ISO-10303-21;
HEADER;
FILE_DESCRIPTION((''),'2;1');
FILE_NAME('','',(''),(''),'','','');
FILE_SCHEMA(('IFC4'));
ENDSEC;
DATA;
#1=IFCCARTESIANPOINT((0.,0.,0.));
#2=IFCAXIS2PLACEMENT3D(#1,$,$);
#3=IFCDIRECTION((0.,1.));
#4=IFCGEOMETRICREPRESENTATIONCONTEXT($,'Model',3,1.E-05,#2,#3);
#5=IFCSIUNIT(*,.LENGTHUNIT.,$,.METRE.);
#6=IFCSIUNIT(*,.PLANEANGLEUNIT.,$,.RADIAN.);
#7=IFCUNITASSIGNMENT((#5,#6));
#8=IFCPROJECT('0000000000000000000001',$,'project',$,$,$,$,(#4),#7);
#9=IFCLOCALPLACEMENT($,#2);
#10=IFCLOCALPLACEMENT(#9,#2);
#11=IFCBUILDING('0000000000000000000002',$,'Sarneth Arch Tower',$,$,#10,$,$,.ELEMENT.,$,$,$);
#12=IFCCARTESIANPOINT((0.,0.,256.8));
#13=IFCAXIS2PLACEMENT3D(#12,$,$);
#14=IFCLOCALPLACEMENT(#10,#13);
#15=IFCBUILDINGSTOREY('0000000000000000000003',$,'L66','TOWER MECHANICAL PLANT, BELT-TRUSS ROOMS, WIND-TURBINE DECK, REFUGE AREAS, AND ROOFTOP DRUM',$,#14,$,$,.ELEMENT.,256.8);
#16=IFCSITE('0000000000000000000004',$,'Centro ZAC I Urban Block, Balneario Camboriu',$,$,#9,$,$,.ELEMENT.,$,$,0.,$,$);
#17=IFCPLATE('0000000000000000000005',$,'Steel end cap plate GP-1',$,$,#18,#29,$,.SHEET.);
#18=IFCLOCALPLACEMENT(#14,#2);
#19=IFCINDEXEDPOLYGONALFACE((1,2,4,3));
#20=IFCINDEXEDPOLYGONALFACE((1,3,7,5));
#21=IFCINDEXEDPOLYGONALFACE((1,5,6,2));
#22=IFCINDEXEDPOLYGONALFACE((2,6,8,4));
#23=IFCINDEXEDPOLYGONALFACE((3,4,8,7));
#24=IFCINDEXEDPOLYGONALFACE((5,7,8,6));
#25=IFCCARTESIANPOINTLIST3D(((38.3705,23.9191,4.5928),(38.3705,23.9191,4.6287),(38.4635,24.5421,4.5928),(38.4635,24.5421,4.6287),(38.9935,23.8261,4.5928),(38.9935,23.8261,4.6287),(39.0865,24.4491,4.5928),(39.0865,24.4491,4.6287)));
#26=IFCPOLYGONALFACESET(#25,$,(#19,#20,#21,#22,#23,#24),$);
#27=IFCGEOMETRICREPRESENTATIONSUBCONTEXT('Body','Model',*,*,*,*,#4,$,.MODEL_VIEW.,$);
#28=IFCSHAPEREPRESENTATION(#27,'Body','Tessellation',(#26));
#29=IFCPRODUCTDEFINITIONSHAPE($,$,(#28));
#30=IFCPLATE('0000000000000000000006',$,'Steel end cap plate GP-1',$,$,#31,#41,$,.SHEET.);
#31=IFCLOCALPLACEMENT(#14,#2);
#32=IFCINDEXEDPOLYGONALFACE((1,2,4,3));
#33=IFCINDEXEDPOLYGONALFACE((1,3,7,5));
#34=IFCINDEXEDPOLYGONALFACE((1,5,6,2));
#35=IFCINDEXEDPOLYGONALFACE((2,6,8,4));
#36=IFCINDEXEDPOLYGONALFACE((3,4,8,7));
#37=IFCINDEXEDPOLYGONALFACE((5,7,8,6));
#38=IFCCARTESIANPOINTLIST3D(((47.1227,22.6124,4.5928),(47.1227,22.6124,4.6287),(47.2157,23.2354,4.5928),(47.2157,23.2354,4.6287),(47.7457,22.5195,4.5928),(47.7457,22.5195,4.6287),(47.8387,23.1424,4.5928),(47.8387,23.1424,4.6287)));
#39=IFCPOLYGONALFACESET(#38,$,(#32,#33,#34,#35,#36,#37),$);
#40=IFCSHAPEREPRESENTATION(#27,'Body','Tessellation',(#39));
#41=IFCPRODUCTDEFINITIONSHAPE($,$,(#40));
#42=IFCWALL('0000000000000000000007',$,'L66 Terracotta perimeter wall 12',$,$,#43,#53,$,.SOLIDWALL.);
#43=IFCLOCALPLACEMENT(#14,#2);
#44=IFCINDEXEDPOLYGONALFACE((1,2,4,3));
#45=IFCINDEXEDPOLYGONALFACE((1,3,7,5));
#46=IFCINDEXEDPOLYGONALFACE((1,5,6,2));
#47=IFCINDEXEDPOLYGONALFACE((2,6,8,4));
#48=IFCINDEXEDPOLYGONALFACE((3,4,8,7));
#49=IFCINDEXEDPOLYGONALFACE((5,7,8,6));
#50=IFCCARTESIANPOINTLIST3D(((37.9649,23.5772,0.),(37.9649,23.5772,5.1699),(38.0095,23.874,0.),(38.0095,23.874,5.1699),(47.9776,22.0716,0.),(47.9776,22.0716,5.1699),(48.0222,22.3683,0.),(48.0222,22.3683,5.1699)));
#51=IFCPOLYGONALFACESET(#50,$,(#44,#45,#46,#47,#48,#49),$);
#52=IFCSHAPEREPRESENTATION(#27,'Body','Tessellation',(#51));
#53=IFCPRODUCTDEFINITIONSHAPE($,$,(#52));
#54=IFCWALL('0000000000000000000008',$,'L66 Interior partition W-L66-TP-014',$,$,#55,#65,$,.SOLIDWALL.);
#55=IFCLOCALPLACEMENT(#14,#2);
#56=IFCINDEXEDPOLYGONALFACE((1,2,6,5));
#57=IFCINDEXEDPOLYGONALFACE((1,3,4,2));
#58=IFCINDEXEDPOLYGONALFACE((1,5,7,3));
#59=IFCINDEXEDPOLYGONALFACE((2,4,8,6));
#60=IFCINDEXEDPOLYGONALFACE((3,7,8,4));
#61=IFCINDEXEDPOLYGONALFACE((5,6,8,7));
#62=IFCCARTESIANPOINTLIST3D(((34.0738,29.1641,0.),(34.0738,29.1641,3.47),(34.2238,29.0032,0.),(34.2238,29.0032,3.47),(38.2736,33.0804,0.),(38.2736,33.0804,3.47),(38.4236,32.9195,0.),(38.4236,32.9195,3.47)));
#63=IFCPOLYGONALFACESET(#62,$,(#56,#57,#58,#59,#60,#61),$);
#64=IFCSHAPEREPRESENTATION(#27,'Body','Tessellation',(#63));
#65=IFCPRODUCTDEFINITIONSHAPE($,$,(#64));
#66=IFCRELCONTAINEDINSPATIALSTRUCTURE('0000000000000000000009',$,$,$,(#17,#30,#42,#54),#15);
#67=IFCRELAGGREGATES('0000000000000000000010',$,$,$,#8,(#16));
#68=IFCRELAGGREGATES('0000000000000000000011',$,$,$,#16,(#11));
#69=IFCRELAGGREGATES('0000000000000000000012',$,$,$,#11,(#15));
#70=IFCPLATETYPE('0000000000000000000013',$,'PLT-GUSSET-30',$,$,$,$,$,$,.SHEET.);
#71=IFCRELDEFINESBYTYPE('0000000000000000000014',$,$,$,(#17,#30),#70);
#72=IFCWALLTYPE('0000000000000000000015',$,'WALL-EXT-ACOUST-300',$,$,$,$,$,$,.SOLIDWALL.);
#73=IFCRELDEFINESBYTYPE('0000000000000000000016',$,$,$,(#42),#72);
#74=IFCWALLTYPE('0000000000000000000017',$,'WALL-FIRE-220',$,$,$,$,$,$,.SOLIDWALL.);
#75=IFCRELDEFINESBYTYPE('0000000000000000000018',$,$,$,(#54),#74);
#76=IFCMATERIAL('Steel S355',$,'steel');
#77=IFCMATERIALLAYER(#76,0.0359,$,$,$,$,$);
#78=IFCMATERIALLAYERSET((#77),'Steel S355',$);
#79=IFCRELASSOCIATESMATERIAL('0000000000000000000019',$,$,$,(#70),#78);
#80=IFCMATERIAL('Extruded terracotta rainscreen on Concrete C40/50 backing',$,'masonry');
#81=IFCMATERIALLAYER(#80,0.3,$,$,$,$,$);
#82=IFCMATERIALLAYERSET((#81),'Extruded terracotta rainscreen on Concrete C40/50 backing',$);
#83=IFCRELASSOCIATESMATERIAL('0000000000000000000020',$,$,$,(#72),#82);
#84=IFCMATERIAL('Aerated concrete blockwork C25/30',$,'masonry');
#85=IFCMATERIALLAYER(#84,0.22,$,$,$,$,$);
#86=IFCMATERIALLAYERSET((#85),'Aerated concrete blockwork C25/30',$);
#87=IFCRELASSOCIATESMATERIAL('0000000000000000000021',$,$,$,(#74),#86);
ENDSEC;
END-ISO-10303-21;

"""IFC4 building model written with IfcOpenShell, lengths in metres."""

from ifc_helpers import new_model, si_unit, direction, frame, frame_2d, origin, origin_2d, place, context, subcontext, project, spatial, rectangle, extrude, material, layer, layer_set, type_object, element, save


model = new_model("IFC4")

# Units and contexts
model_context = context("Model", 3, precision=1e-05, world=origin(), true_north=direction((0.0, 1.0)))
body_context = subcontext(model_context, "Body", "Model", "MODEL_VIEW")
ifc_project = project(units=[si_unit("LENGTHUNIT", "METRE"), si_unit("PLANEANGLEUNIT", "RADIAN")], contexts=[model_context])

# Site, building, storey
site_placement = place(None, origin())
site = spatial("IfcSite", under=ifc_project, at=site_placement, Name="Centro ZAC I Urban Block, Balneario Camboriu", CompositionType="ELEMENT", RefElevation=0.0)
building_placement = place(site_placement, origin())
building = spatial("IfcBuilding", under=site, at=building_placement, Name="Sarneth Arch Tower", CompositionType="ELEMENT")
storey_placement = place(building_placement, frame((0.0, 0.0, 256.8)))
storey = spatial("IfcBuildingStorey", under=building, at=storey_placement, Name="L66", Description="TOWER MECHANICAL PLANT, BELT-TRUSS ROOMS, WIND-TURBINE DECK, REFUGE AREAS, AND ROOFTOP DRUM", CompositionType="ELEMENT", Elevation=256.8)

# Plates
ifc_material_1 = material(Name="Steel S355", Category="steel")
ifc_layer_1 = layer(ifc_material_1, 0.0359)
ifc_layer_set_1 = layer_set([ifc_layer_1], Name="Steel S355")
plate_type = type_object("IfcPlateType", Name="PLT-GUSSET-30", PredefinedType="SHEET", material=ifc_layer_set_1)
for number, where, z_axis, x_axis, name in (
    (1, (38.7285, 24.1841, 4.5928), (0.0, 0.0, 1.0), (-0.989042, 0.147637, 0.0), "Steel end cap plate GP-1"),
    (2, (47.4807, 22.8774, 4.5928), (0.0, 0.0, 1.0), (0.989042, -0.147637, 0.0), "Steel end cap plate GP-1"),
):
    element("IfcPlate", number, at=place(storey_placement, frame(where, z_axis=z_axis, x_axis=x_axis)), inside=storey, type_object=plate_type, Name=name, PredefinedType="SHEET", context=body_context, shape_type="SweptSolid", body=[
        extrude(rectangle(XDim=0.6299, YDim=0.6299, at=origin_2d()), origin(), (0.0, 0.0, 1.0), 0.0359),
    ])

# Walls
ifc_material_2 = material(Name="Extruded terracotta rainscreen on Concrete C40/50 backing", Category="masonry")
ifc_layer_2 = layer(ifc_material_2, 0.3)
ifc_layer_set_2 = layer_set([ifc_layer_2], Name="Extruded terracotta rainscreen on Concrete C40/50 backing")
wall_type_1 = type_object("IfcWallType", Name="WALL-EXT-ACOUST-300", PredefinedType="SOLIDWALL", material=ifc_layer_set_2)
wall_1_placement = place(storey_placement, frame((37.9873, 23.7256, 0.0), z_axis=(0.0, 0.0, 1.0), x_axis=(0.988883, -0.148699, 0.0)))
element("IfcWall", 3, at=wall_1_placement, inside=storey, type_object=wall_type_1, Name="L66 Terracotta perimeter wall 12", PredefinedType="SOLIDWALL", context=body_context, shape_type="SweptSolid", body=[
    extrude(rectangle(XDim=10.1252, YDim=0.3, at=frame_2d((5.0625, 0.0))), origin(), (0.0, 0.0, 1.0), 5.1699),
])
ifc_material_3 = material(Name="Aerated concrete blockwork C25/30", Category="masonry")
ifc_layer_3 = layer(ifc_material_3, 0.22)
ifc_layer_set_3 = layer_set([ifc_layer_3], Name="Aerated concrete blockwork C25/30")
wall_type_2 = type_object("IfcWallType", Name="WALL-FIRE-220", PredefinedType="SOLIDWALL", material=ifc_layer_set_3)
wall_2_placement = place(storey_placement, frame((34.1489, 29.0837, 0.0), z_axis=(0.0, 0.0, 1.0), x_axis=(0.731356, 0.681996, 0.0)))
element("IfcWall", 4, at=wall_2_placement, inside=storey, type_object=wall_type_2, Name="L66 Interior partition W-L66-TP-014", PredefinedType="SOLIDWALL", context=body_context, shape_type="SweptSolid", body=[
    extrude(rectangle(XDim=5.7424, YDim=0.22, at=frame_2d((2.8711, 0.0))), origin(), (0.0, 0.0, 1.0), 3.47),
])

save(model, "model.ifc")
